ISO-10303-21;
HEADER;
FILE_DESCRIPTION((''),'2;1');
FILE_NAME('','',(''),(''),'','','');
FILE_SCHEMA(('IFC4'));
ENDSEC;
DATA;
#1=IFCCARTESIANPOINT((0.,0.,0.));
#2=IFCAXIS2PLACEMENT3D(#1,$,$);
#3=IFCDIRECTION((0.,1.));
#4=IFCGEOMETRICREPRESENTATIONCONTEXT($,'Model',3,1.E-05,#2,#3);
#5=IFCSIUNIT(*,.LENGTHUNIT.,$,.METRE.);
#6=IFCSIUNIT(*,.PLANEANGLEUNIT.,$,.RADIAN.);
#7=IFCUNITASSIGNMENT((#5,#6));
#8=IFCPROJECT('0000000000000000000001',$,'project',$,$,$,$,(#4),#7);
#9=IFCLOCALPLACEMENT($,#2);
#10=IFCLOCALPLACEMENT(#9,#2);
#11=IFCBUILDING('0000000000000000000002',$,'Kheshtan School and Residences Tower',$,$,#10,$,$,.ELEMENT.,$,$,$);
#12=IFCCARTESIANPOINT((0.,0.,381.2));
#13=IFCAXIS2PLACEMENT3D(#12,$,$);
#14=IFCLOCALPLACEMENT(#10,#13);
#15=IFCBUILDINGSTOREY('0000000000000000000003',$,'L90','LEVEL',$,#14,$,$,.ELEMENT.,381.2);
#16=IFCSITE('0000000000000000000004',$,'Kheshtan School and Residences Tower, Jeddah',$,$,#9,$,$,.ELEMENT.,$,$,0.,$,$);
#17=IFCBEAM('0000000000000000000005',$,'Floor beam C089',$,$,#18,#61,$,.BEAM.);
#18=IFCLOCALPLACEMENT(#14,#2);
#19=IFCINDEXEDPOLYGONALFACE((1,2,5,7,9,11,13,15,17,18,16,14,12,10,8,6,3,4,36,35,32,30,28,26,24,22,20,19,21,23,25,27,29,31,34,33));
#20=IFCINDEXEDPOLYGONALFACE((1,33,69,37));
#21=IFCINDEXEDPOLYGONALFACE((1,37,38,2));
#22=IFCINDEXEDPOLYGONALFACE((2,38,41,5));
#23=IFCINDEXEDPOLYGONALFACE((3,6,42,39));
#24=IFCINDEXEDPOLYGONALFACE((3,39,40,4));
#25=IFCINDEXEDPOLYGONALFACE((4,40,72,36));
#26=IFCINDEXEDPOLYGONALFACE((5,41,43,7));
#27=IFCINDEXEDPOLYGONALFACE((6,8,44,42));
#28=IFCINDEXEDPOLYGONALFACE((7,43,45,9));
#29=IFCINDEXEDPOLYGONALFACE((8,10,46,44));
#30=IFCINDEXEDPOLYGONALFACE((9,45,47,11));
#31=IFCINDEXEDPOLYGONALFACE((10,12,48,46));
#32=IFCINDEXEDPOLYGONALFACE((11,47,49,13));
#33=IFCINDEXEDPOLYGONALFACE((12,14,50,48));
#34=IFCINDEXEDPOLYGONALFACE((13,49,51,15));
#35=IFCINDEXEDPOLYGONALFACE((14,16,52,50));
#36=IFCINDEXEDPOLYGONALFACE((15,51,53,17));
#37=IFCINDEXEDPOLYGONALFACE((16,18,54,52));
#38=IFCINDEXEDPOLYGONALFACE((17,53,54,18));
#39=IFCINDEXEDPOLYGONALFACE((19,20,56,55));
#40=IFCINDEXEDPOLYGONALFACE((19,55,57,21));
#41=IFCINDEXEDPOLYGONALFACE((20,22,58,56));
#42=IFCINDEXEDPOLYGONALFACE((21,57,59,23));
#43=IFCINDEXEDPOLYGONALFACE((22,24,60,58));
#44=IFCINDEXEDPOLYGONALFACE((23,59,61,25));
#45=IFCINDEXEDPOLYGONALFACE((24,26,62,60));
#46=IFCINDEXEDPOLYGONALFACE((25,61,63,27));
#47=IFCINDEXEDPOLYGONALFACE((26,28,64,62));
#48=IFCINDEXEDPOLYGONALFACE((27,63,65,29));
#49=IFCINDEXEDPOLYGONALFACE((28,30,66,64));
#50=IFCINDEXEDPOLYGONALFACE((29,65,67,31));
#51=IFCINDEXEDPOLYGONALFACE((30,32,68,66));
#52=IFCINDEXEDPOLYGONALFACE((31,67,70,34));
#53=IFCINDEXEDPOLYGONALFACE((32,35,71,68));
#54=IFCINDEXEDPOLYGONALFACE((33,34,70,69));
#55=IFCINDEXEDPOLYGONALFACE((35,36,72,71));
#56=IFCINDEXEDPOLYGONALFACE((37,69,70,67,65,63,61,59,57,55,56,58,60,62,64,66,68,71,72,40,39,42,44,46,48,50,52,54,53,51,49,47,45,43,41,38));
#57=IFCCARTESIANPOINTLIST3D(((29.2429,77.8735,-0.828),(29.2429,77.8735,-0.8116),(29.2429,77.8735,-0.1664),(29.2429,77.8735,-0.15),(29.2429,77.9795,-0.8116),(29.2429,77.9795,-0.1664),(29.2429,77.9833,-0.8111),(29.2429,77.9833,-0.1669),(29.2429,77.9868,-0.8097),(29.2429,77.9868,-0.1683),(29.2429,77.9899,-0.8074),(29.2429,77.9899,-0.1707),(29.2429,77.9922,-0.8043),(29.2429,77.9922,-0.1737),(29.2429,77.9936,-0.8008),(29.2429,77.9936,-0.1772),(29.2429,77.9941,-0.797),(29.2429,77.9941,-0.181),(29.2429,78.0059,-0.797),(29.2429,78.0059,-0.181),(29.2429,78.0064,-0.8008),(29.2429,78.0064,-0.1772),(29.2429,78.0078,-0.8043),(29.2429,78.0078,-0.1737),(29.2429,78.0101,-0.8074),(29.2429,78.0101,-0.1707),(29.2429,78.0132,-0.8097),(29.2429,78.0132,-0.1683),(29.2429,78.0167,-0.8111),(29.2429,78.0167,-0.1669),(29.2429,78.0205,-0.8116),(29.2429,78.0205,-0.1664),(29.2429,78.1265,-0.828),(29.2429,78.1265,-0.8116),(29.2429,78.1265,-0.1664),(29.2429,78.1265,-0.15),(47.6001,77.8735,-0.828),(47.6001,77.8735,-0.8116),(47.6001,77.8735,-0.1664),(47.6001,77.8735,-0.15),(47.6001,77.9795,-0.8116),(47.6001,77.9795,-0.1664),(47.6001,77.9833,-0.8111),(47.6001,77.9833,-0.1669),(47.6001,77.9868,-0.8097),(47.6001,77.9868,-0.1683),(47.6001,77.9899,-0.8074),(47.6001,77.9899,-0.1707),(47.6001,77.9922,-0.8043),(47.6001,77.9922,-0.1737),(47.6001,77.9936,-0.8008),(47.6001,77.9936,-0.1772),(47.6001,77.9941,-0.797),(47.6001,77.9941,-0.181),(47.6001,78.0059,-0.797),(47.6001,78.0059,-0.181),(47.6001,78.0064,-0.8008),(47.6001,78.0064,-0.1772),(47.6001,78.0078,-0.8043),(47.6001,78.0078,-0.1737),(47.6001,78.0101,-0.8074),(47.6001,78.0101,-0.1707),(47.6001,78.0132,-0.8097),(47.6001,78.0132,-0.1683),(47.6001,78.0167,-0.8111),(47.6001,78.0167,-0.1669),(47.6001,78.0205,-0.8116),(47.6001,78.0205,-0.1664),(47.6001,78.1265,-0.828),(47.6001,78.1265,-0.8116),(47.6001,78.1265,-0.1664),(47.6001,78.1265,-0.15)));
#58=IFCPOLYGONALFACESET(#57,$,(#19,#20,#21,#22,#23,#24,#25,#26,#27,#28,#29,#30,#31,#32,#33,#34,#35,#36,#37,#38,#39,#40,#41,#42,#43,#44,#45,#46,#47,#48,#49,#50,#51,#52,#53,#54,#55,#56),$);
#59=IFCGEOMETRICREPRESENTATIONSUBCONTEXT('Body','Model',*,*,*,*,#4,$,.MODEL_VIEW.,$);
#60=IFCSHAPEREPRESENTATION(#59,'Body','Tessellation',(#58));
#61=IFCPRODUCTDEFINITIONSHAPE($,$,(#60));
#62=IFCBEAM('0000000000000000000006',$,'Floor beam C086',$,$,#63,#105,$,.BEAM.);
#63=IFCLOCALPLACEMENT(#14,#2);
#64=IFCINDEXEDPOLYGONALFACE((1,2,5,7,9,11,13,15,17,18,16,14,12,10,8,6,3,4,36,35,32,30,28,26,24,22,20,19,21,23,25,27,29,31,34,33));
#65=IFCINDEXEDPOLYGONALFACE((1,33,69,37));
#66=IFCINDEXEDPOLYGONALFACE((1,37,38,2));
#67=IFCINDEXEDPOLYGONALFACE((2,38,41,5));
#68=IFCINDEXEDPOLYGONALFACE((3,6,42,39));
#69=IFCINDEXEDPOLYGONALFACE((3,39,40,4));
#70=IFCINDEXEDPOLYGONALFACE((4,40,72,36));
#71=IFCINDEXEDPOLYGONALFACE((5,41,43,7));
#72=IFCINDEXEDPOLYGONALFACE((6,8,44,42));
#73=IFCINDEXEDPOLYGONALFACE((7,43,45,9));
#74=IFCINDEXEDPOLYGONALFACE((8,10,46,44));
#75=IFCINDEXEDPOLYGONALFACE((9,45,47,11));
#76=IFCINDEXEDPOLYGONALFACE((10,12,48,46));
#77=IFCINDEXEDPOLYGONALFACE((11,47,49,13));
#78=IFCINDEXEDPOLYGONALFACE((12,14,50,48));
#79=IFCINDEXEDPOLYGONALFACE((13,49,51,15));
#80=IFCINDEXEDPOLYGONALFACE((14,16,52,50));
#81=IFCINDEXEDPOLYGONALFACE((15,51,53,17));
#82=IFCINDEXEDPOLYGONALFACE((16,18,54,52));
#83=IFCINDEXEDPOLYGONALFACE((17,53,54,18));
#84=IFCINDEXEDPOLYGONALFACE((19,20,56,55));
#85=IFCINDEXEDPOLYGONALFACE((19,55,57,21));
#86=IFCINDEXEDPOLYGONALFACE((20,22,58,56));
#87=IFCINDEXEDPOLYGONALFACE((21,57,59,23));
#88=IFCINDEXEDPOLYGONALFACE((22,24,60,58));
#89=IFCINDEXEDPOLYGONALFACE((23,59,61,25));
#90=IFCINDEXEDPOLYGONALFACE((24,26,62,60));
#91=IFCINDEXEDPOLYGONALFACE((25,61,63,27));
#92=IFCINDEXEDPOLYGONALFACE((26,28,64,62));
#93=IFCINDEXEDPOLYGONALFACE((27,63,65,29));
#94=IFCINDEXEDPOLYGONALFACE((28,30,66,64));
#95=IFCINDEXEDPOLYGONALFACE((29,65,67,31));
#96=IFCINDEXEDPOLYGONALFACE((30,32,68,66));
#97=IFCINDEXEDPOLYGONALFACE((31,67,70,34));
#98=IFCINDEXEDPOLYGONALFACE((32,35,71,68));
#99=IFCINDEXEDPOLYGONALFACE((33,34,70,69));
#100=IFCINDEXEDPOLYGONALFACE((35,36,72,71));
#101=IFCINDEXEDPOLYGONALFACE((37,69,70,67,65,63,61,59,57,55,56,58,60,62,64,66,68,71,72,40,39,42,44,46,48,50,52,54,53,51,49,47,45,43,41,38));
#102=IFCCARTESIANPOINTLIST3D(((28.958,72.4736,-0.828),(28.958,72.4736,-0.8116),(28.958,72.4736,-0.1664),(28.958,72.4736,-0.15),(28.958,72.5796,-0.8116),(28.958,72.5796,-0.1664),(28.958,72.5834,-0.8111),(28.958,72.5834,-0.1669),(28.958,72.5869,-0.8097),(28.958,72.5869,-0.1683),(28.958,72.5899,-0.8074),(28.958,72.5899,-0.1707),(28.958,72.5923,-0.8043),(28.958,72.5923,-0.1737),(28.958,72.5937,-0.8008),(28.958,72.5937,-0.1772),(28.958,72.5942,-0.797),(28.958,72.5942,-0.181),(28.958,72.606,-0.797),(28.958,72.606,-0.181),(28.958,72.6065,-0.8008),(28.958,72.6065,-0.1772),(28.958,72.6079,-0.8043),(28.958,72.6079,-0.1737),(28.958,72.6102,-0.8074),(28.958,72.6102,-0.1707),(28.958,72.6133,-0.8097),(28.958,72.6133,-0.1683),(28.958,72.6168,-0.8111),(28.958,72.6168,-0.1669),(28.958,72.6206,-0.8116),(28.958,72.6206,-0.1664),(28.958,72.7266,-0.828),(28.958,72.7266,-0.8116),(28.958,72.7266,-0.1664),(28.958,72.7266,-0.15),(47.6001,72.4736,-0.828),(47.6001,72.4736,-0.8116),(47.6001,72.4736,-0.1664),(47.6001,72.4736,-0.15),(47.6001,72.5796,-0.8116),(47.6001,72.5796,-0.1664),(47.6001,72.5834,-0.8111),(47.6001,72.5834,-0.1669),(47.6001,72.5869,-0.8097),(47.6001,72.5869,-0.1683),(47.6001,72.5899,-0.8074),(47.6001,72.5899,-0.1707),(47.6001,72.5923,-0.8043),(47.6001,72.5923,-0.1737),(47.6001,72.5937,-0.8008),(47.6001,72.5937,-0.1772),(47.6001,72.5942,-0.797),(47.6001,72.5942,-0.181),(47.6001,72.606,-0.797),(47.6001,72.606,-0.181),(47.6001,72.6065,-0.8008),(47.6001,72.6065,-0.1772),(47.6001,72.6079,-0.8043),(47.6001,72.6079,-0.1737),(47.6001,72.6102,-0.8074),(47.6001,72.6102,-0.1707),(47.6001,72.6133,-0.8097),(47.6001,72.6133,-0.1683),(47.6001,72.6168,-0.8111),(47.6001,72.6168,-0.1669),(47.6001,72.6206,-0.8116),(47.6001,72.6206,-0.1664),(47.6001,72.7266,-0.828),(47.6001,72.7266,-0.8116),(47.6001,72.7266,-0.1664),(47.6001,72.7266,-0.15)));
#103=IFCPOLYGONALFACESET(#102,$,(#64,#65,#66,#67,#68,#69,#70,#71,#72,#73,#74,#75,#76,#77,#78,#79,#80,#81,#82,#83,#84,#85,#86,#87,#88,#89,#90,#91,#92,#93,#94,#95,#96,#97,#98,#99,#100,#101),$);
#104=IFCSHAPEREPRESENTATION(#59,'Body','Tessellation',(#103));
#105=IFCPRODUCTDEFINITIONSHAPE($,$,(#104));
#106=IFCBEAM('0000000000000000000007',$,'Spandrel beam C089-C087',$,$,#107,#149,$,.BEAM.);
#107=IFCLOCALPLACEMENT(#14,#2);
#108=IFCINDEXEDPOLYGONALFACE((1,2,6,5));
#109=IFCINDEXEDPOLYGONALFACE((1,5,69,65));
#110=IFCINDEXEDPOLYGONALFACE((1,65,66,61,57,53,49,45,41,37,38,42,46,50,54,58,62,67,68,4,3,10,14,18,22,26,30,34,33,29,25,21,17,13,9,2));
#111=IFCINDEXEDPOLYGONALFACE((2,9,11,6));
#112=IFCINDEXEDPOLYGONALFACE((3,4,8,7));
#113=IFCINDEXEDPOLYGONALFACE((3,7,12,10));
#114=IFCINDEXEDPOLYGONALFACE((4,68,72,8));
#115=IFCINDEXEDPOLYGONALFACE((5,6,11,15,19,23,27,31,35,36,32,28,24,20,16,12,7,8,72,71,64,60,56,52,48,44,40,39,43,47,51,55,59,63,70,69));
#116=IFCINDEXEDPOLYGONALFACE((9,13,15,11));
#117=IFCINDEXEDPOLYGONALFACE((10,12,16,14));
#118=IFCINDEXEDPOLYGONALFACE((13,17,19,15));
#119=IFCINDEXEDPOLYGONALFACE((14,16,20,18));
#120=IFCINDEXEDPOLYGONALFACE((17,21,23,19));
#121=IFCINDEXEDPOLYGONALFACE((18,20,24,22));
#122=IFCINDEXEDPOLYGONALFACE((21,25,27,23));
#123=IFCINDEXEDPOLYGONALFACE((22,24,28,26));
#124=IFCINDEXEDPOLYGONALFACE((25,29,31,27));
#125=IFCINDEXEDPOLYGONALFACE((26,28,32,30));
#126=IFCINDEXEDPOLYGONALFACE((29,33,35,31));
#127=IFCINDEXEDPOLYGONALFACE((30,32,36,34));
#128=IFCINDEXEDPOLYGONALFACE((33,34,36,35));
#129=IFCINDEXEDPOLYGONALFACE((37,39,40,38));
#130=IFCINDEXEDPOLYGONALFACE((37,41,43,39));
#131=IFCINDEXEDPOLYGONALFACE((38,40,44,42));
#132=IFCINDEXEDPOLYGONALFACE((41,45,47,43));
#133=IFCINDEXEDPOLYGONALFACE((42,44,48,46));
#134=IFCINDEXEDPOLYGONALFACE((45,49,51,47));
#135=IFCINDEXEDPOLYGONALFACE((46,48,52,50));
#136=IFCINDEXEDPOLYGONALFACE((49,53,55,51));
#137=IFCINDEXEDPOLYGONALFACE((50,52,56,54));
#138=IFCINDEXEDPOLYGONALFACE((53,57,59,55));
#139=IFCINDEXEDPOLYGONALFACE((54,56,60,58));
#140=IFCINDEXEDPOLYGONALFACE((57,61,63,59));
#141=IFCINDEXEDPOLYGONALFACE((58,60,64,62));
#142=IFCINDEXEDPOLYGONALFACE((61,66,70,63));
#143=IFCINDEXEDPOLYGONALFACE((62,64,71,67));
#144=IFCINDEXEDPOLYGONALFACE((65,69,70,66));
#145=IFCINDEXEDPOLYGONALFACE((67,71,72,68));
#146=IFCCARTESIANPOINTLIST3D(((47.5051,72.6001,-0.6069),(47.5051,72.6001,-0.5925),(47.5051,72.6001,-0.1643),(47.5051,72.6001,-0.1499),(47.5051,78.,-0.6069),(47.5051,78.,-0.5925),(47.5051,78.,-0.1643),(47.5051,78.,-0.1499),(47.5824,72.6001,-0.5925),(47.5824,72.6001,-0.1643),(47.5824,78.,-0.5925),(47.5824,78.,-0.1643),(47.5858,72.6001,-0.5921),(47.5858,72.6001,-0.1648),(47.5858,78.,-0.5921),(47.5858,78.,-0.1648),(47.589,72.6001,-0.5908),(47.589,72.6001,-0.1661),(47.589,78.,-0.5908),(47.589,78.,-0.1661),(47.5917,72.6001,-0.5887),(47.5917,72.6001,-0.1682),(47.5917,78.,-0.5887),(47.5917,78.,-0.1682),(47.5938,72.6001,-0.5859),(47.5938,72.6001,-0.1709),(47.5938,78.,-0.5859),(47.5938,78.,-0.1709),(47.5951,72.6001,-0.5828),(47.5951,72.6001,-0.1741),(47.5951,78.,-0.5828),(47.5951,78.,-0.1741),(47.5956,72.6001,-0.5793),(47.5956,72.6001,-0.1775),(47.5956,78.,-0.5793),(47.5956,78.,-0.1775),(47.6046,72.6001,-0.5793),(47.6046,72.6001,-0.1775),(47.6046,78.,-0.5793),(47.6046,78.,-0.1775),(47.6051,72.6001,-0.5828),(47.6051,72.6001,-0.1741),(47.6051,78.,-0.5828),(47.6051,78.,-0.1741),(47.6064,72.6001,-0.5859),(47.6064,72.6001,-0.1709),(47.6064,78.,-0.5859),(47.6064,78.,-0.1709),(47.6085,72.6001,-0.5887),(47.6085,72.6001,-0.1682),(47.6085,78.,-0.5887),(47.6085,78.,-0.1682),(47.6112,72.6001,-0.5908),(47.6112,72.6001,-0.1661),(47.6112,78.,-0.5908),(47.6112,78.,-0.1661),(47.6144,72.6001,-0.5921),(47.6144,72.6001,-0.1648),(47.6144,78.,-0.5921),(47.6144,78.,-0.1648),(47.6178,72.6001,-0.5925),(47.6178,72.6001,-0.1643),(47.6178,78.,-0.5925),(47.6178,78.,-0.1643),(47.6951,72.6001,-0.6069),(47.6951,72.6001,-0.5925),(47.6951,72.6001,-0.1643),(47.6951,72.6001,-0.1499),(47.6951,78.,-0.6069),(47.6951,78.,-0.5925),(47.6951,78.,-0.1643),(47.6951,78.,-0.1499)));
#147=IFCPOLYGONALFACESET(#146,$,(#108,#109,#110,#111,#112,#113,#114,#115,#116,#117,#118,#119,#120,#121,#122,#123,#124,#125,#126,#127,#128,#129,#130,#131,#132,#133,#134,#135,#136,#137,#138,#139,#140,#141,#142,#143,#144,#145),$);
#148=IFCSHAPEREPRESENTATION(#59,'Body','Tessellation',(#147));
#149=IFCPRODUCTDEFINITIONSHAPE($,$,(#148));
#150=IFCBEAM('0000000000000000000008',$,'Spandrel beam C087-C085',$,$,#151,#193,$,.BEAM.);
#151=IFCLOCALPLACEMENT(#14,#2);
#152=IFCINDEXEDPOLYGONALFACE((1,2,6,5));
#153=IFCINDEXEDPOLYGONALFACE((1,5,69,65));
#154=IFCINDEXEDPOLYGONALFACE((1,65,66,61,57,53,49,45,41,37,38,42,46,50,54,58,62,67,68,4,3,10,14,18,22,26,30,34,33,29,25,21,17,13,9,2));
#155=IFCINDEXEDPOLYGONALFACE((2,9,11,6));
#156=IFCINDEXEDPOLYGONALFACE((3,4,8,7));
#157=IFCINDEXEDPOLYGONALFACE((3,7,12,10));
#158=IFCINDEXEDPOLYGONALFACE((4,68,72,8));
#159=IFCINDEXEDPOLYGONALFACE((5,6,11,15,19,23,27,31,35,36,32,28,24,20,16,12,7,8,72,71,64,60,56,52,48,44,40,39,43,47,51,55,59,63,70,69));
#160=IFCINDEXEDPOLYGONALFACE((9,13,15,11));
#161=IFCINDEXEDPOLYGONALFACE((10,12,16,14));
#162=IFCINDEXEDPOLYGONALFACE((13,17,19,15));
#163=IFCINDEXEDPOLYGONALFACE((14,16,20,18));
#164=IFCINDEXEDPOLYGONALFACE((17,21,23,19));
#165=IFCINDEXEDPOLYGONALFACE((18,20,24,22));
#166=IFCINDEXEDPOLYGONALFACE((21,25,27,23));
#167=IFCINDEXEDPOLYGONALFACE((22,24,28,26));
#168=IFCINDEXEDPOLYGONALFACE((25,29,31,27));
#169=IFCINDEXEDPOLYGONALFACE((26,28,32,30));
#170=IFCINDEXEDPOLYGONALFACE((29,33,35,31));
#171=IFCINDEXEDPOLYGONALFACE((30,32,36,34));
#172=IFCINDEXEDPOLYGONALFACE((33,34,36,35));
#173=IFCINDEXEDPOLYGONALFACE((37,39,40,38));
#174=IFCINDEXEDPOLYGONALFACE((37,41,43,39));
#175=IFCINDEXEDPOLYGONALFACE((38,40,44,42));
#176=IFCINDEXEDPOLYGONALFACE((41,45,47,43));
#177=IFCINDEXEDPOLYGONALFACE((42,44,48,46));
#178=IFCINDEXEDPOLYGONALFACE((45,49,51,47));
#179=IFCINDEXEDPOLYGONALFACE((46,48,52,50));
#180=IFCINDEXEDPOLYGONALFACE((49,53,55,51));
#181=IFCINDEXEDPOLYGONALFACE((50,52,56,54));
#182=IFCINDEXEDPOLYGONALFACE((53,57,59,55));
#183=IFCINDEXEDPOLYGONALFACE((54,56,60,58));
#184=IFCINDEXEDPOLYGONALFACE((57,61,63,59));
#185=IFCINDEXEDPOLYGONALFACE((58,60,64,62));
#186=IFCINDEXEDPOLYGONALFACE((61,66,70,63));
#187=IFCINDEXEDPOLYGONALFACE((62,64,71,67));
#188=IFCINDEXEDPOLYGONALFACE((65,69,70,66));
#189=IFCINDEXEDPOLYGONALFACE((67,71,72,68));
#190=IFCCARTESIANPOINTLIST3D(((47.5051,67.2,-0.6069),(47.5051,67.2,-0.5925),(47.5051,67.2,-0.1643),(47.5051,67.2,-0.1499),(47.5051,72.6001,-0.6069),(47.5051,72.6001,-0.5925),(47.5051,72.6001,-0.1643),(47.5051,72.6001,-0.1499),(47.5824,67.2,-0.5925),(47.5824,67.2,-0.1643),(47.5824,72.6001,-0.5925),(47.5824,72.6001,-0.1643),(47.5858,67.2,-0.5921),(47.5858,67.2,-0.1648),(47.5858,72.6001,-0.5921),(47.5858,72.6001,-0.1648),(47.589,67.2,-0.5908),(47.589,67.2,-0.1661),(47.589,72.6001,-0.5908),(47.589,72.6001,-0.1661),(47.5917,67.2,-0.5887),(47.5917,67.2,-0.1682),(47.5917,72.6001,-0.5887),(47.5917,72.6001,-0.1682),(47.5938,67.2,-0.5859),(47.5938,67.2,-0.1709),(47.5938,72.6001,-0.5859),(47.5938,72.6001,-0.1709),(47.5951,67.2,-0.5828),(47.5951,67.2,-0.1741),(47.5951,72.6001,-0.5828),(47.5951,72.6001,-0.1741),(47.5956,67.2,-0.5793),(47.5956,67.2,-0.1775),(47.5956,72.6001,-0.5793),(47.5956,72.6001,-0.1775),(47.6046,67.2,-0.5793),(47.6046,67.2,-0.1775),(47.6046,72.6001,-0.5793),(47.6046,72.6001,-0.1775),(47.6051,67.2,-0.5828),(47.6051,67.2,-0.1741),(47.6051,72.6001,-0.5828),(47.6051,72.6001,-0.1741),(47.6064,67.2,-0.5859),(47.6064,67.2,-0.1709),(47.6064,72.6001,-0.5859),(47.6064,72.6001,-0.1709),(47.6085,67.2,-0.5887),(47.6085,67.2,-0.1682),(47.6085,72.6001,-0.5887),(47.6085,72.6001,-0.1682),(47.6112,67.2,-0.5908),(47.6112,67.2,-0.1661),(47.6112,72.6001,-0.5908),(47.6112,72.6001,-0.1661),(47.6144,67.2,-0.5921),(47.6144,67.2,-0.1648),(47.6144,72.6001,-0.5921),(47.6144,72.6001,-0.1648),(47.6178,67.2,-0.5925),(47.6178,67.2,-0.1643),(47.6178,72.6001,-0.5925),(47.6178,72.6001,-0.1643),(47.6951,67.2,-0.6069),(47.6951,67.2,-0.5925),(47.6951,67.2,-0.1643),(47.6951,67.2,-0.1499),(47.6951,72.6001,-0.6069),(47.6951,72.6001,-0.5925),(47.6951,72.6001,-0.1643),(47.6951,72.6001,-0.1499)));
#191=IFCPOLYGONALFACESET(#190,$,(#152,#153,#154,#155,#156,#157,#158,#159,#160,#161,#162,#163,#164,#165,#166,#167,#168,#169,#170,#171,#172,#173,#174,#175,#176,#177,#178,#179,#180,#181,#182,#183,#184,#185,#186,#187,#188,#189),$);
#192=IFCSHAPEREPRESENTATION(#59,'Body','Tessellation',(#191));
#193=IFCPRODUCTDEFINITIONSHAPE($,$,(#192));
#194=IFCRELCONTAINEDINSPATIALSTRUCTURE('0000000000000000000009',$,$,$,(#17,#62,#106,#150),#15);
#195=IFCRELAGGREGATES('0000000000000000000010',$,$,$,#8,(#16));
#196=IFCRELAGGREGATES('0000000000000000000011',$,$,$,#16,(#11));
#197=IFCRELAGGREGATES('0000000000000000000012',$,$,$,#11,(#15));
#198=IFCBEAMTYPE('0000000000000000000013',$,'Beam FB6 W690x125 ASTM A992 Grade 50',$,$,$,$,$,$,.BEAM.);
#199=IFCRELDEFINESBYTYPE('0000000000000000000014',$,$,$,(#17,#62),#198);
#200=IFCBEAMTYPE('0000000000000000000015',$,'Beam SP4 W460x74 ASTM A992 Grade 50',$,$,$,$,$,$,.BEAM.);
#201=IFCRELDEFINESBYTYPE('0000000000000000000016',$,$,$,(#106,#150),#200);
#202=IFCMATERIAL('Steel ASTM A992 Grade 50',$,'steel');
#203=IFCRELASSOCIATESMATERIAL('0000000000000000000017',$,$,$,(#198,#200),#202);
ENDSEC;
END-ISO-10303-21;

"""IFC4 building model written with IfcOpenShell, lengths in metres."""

from ifc_helpers import new_model, si_unit, direction, frame, origin, origin_2d, place, context, subcontext, project, spatial, i_section, extrude, material, material_profile, profile_set, type_object, element, save


model = new_model("IFC4")

# Units and contexts
model_context = context("Model", 3, precision=1e-05, world=origin(), true_north=direction((0.0, 1.0)))
body_context = subcontext(model_context, "Body", "Model", "MODEL_VIEW")
ifc_project = project(units=[si_unit("LENGTHUNIT", "METRE"), si_unit("PLANEANGLEUNIT", "RADIAN")], contexts=[model_context])

# Site, building, storey
site_placement = place(None, origin())
site = spatial("IfcSite", under=ifc_project, at=site_placement, Name="Kheshtan School and Residences Tower, Jeddah", CompositionType="ELEMENT", RefElevation=0.0)
building_placement = place(site_placement, origin())
building = spatial("IfcBuilding", under=site, at=building_placement, Name="Kheshtan School and Residences Tower", CompositionType="ELEMENT")
storey_placement = place(building_placement, frame((0.0, 0.0, 381.2)))
storey = spatial("IfcBuildingStorey", under=building, at=storey_placement, Name="L90", Description="LEVEL", CompositionType="ELEMENT", Elevation=381.2)

# Shared definitions
ifc_material_1 = material(Name="Steel ASTM A992 Grade 50", Category="steel")

# Beams
ifc_material_profile_1 = material_profile(ifc_material_1, i_section(OverallWidth=0.2529, OverallDepth=0.678, WebThickness=0.0117, FlangeThickness=0.0164, FilletRadius=0.0146, at=origin_2d()), Name="W690x125")
ifc_profile_set_1 = profile_set([ifc_material_profile_1], Name="Steel ASTM A992 Grade 50")
beam_type_1 = type_object("IfcBeamType", Name="Beam FB6 W690x125 ASTM A992 Grade 50", PredefinedType="BEAM", material=ifc_profile_set_1)
beam_1_placement = place(storey_placement, frame((47.6001, 78.0, -0.489), z_axis=(-1.0, 0.0, 0.0), x_axis=(0.0, -1.0, 0.0)))
element("IfcBeam", 1, at=beam_1_placement, inside=storey, type_object=beam_type_1, Name="Floor beam C089", PredefinedType="BEAM", context=body_context, shape_type="SweptSolid", body=[
    extrude(i_section(OverallWidth=0.2529, OverallDepth=0.678, WebThickness=0.0117, FlangeThickness=0.0164, FilletRadius=0.0146, at=origin_2d()), origin(), (0.0, 0.0, 1.0), 18.3572),
])
beam_2_placement = place(storey_placement, frame((28.958, 72.6001, -0.489), z_axis=(1.0, 0.0, 0.0), x_axis=(0.0, 1.0, 0.0)))
element("IfcBeam", 2, at=beam_2_placement, inside=storey, type_object=beam_type_1, Name="Floor beam C086", PredefinedType="BEAM", context=body_context, shape_type="SweptSolid", body=[
    extrude(i_section(OverallWidth=0.2529, OverallDepth=0.678, WebThickness=0.0117, FlangeThickness=0.0164, FilletRadius=0.0146, at=origin_2d()), origin(), (0.0, 0.0, 1.0), 18.6421),
])
ifc_material_profile_2 = material_profile(ifc_material_1, i_section(OverallWidth=0.1899, OverallDepth=0.457, WebThickness=0.009, FlangeThickness=0.0144, FilletRadius=0.0132, at=origin_2d()), Name="W460x74")
ifc_profile_set_2 = profile_set([ifc_material_profile_2], Name="Steel ASTM A992 Grade 50")
beam_type_2 = type_object("IfcBeamType", Name="Beam SP4 W460x74 ASTM A992 Grade 50", PredefinedType="BEAM", material=ifc_profile_set_2)
beam_3_placement = place(storey_placement, frame((47.6001, 78.0, -0.3784), z_axis=(0.0, -1.0, 0.0), x_axis=(1.0, 0.0, 0.0)))
element("IfcBeam", 3, at=beam_3_placement, inside=storey, type_object=beam_type_2, Name="Spandrel beam C089-C087", PredefinedType="BEAM", context=body_context, shape_type="SweptSolid", body=[
    extrude(i_section(OverallWidth=0.1899, OverallDepth=0.457, WebThickness=0.009, FlangeThickness=0.0144, FilletRadius=0.0132, at=origin_2d()), origin(), (0.0, 0.0, 1.0), 5.3999),
])
beam_4_placement = place(storey_placement, frame((47.6001, 72.6001, -0.3784), z_axis=(0.0, -1.0, 0.0), x_axis=(1.0, 0.0, 0.0)))
element("IfcBeam", 4, at=beam_4_placement, inside=storey, type_object=beam_type_2, Name="Spandrel beam C087-C085", PredefinedType="BEAM", context=body_context, shape_type="SweptSolid", body=[
    extrude(i_section(OverallWidth=0.1899, OverallDepth=0.457, WebThickness=0.009, FlangeThickness=0.0144, FilletRadius=0.0132, at=origin_2d()), origin(), (0.0, 0.0, 1.0), 5.4001),
])

save(model, "model.ifc")
